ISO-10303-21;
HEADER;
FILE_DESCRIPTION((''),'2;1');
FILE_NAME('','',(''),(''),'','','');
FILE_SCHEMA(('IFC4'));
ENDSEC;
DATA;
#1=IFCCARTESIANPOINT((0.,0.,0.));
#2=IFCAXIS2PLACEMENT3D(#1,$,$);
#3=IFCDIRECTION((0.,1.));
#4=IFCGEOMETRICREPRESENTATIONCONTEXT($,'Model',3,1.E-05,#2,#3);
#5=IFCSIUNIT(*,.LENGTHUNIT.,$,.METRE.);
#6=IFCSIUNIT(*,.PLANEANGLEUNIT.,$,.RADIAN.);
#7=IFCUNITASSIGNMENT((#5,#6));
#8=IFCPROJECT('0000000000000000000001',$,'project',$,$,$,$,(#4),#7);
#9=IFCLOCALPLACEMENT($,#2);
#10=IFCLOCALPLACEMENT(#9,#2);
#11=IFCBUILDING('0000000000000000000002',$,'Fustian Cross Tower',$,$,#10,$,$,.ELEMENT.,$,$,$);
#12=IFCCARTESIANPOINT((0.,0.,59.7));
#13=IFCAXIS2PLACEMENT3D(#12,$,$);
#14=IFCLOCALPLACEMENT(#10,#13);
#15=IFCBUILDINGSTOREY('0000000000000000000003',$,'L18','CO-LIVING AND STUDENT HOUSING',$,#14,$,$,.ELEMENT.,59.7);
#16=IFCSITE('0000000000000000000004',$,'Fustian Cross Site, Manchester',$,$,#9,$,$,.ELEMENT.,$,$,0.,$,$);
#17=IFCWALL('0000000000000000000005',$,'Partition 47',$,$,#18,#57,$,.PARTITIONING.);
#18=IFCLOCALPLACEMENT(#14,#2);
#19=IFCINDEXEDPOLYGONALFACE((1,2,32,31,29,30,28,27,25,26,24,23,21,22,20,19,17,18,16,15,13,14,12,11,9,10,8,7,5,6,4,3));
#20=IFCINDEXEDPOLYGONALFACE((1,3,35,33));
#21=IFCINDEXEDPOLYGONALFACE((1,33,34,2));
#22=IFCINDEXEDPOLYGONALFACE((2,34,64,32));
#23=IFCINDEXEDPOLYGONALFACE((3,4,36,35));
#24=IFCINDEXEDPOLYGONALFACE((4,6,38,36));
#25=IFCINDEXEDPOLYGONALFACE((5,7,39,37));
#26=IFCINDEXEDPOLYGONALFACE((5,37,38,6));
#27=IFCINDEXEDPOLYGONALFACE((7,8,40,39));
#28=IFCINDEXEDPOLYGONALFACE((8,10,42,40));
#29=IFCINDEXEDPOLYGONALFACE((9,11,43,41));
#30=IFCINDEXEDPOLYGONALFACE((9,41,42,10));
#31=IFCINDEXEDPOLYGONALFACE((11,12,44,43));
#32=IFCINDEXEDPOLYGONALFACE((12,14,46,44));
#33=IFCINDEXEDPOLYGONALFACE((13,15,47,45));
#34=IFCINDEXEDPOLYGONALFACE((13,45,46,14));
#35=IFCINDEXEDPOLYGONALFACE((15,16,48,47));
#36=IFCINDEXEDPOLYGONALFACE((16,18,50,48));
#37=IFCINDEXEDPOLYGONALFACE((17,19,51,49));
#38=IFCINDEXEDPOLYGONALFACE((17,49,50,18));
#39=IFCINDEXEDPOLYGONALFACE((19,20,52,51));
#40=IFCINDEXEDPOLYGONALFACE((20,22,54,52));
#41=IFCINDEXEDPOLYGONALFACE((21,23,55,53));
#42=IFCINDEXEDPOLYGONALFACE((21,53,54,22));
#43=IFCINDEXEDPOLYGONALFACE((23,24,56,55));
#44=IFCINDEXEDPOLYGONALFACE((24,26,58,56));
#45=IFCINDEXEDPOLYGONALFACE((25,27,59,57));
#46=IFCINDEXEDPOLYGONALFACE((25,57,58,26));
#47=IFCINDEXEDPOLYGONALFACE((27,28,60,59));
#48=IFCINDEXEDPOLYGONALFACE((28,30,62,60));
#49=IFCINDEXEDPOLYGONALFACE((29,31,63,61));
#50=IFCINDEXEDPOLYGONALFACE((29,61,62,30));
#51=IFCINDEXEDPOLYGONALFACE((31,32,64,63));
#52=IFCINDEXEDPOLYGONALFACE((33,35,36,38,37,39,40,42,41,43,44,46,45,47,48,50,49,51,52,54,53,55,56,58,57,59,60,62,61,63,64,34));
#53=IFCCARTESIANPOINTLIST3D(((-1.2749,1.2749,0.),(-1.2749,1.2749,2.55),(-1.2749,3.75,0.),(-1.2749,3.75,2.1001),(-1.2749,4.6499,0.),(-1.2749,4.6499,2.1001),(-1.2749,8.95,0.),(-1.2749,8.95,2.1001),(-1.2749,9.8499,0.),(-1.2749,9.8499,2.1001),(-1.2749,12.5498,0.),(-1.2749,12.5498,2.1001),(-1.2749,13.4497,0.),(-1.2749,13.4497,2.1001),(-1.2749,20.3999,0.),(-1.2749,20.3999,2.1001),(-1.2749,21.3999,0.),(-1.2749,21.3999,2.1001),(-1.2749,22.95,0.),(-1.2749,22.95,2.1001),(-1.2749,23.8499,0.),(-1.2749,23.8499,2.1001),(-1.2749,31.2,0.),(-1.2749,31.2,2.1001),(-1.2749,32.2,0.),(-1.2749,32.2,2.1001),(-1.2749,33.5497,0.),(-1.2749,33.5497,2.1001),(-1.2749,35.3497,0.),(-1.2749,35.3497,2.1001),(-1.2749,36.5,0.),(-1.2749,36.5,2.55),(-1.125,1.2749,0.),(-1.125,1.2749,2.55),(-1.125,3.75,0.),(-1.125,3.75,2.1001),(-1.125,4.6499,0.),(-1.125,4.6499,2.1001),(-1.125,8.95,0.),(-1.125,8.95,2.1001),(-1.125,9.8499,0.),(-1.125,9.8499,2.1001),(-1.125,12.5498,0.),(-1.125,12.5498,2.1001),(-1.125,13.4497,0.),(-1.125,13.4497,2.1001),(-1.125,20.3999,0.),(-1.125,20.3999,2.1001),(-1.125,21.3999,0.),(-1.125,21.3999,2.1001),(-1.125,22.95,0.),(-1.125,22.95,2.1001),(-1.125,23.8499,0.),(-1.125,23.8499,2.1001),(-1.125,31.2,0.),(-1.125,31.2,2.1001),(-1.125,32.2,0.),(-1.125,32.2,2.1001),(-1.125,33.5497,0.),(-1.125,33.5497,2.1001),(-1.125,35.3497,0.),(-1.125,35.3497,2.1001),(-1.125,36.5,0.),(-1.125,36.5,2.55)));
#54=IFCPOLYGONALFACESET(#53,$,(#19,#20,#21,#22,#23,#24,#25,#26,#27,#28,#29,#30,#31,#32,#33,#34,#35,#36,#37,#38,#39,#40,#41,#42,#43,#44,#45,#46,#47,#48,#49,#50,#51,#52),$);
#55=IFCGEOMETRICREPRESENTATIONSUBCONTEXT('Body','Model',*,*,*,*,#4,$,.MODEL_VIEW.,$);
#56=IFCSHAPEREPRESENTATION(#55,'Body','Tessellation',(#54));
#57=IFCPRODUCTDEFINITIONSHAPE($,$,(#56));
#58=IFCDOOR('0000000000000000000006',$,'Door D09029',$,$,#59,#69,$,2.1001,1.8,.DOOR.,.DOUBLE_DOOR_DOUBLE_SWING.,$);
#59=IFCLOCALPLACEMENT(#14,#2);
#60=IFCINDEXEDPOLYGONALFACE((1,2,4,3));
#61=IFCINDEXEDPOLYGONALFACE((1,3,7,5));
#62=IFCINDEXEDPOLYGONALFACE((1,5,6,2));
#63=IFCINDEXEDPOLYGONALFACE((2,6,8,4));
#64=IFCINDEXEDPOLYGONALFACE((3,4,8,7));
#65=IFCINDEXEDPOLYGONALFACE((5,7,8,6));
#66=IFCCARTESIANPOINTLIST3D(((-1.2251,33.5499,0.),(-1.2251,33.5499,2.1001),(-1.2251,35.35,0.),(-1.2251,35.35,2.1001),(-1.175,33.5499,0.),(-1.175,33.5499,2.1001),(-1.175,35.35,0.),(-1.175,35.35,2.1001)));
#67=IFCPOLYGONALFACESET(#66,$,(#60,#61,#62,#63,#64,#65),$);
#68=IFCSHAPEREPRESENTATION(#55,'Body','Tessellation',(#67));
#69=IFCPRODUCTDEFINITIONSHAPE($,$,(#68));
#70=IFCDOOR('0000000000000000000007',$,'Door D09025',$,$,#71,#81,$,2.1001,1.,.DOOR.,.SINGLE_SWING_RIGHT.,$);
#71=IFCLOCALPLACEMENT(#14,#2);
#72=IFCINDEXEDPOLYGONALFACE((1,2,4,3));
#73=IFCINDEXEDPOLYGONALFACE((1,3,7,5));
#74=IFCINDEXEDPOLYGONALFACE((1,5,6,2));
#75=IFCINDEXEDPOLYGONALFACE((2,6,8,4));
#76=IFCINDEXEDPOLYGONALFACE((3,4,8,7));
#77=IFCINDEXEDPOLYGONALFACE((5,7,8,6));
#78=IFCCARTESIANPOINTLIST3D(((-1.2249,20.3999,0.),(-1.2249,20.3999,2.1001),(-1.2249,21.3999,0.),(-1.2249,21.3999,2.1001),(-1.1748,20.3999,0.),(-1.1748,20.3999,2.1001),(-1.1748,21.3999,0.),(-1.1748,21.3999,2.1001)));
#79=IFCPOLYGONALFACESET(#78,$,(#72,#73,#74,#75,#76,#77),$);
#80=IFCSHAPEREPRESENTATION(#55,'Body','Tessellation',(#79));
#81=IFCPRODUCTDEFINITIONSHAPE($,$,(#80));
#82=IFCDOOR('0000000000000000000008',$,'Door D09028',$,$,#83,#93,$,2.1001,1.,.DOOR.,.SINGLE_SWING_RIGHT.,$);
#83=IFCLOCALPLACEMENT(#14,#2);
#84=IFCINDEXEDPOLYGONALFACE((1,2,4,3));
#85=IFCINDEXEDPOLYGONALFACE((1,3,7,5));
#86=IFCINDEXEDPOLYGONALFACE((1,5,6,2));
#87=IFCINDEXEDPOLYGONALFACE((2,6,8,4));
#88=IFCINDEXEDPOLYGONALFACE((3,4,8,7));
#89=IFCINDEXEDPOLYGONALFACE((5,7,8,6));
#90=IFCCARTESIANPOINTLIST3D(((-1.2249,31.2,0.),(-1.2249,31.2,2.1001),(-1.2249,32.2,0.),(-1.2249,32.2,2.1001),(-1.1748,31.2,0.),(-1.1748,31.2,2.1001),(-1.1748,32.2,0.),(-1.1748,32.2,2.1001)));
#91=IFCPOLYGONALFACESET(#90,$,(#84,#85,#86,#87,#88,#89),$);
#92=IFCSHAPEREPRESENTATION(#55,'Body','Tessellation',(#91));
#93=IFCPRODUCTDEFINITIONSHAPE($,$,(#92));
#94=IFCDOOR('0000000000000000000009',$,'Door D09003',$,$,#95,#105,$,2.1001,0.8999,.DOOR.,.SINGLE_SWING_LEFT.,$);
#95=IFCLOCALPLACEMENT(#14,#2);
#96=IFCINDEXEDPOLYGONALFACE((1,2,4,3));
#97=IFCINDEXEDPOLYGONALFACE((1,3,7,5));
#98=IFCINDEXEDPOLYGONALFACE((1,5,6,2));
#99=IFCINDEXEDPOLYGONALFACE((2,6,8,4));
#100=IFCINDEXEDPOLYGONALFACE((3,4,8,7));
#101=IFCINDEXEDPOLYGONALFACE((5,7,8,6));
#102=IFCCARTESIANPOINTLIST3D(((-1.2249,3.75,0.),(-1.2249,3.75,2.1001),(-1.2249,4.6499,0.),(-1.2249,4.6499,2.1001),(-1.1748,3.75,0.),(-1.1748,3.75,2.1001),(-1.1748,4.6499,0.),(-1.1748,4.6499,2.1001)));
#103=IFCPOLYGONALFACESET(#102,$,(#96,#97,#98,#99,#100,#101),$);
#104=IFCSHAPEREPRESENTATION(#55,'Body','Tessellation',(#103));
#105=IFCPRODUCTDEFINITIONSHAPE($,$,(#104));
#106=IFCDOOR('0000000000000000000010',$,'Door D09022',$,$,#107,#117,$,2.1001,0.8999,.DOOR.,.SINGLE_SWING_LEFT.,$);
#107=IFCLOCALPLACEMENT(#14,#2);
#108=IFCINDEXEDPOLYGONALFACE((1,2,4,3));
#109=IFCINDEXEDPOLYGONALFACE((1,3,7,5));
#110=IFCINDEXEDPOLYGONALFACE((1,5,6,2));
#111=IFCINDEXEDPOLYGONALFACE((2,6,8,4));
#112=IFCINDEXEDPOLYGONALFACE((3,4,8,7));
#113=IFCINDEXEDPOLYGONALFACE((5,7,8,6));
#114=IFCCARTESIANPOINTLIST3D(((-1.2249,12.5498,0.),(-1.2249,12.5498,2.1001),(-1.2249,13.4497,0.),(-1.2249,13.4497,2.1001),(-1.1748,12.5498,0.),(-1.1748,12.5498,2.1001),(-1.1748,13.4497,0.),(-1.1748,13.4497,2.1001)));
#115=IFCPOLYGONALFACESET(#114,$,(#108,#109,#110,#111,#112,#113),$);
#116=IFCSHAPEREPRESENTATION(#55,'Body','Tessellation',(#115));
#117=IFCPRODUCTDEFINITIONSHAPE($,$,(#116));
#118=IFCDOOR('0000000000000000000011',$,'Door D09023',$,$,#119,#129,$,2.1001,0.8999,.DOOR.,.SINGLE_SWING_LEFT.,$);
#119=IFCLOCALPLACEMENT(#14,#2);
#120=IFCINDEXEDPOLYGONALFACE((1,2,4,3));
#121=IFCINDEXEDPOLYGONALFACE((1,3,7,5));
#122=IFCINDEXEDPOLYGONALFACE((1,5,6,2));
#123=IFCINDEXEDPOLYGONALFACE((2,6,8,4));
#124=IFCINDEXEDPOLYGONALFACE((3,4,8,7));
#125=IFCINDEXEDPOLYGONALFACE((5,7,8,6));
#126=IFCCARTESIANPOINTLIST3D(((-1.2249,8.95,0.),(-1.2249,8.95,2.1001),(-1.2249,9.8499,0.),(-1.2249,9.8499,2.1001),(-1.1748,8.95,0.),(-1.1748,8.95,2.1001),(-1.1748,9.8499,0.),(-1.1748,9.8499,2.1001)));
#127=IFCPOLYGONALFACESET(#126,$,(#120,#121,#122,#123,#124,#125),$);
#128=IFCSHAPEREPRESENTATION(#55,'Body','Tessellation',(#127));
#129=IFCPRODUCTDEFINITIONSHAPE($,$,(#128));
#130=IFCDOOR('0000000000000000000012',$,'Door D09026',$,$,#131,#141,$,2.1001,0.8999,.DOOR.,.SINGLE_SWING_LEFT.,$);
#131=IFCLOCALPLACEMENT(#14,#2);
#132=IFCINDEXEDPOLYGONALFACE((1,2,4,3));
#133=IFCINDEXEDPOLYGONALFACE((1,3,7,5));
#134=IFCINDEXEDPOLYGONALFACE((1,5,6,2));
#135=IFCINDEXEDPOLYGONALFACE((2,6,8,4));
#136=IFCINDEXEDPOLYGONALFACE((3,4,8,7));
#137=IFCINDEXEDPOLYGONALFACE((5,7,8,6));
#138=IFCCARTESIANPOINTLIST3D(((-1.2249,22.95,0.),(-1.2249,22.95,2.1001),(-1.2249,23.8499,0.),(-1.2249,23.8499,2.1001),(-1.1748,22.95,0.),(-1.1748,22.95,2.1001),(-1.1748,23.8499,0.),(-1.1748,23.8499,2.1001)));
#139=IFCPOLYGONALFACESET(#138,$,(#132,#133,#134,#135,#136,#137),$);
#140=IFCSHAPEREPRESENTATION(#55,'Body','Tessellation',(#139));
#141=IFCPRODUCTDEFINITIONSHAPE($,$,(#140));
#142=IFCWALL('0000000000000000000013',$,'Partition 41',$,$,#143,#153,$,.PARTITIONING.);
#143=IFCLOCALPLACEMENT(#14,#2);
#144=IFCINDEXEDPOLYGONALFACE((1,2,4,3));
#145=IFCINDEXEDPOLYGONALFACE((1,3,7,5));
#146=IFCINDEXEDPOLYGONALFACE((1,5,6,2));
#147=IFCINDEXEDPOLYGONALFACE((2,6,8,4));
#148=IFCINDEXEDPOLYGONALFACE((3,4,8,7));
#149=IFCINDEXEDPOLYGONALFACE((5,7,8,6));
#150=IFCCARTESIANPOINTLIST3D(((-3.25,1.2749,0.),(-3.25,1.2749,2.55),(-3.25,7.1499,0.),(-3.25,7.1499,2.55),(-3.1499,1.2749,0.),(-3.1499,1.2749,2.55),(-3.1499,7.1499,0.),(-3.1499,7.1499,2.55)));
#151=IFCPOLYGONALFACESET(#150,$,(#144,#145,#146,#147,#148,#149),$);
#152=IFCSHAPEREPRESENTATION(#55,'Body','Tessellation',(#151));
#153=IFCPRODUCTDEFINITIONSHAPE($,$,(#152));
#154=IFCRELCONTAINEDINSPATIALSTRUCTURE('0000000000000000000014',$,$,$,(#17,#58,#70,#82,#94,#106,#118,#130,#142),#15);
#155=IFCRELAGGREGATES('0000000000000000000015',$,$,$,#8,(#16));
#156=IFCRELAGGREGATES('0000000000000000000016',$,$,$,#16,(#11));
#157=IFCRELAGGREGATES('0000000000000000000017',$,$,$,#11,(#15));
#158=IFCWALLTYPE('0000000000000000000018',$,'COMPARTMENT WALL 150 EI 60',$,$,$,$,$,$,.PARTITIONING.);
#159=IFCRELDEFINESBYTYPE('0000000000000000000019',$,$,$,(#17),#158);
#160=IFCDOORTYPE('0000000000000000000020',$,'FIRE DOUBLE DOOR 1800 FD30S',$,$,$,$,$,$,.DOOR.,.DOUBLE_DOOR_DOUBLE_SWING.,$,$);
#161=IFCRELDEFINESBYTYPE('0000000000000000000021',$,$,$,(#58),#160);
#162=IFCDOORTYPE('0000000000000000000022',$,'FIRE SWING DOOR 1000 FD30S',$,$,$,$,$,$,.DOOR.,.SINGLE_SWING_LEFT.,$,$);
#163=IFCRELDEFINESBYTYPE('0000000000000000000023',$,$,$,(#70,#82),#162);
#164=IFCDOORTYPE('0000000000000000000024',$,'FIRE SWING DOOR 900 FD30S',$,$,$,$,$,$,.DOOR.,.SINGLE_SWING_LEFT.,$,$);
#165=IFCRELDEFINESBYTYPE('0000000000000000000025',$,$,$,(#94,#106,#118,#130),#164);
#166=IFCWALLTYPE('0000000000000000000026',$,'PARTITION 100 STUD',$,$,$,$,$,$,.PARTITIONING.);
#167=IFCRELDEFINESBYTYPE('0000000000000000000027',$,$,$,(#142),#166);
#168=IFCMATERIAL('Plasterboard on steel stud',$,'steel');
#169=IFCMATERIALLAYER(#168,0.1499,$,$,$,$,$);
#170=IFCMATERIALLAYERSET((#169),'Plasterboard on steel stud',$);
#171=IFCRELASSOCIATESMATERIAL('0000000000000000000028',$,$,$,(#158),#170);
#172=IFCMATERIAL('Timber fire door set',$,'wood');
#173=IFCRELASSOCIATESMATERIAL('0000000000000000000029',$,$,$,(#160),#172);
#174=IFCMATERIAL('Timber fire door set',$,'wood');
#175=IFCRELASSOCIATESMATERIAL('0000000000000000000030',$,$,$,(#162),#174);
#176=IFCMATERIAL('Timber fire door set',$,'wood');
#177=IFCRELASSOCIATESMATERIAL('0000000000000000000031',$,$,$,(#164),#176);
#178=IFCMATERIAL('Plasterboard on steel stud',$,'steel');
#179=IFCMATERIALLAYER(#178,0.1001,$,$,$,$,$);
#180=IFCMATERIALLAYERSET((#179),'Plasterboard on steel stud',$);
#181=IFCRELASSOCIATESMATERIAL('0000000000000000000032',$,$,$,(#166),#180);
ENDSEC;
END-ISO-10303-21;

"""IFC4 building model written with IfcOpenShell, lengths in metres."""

from ifc_helpers import new_model, si_unit, direction, frame, frame_2d, origin, place, context, subcontext, project, spatial, rectangle, extrude, material, layer, layer_set, type_object, element, fill, save


model = new_model("IFC4")

# Units and contexts
model_context = context("Model", 3, precision=1e-05, world=origin(), true_north=direction((0.0, 1.0)))
body_context = subcontext(model_context, "Body", "Model", "MODEL_VIEW")
ifc_project = project(units=[si_unit("LENGTHUNIT", "METRE"), si_unit("PLANEANGLEUNIT", "RADIAN")], contexts=[model_context])

# Site, building, storey
site_placement = place(None, origin())
site = spatial("IfcSite", under=ifc_project, at=site_placement, Name="Fustian Cross Site, Manchester", CompositionType="ELEMENT", RefElevation=0.0)
building_placement = place(site_placement, origin())
building = spatial("IfcBuilding", under=site, at=building_placement, Name="Fustian Cross Tower", CompositionType="ELEMENT")
storey_placement = place(building_placement, frame((0.0, 0.0, 59.7)))
storey = spatial("IfcBuildingStorey", under=building, at=storey_placement, Name="L18", Description="CO-LIVING AND STUDENT HOUSING", CompositionType="ELEMENT", Elevation=59.7)

# Wall, openings, doors
ifc_material_1 = material(Name="Plasterboard on steel stud", Category="steel")
ifc_layer_1 = layer(ifc_material_1, 0.1499)
ifc_layer_set_1 = layer_set([ifc_layer_1], Name="Plasterboard on steel stud")
wall_type_1 = type_object("IfcWallType", Name="COMPARTMENT WALL 150 EI 60", PredefinedType="PARTITIONING", material=ifc_layer_set_1)
wall_1_placement = place(storey_placement, frame((-1.2, 1.2749, 0.0), z_axis=(0.0, 0.0, 1.0), x_axis=(0.0, 1.0, 0.0)))
wall_1 = element("IfcWall", 1, at=wall_1_placement, inside=storey, type_object=wall_type_1, Name="Partition 47", PredefinedType="PARTITIONING", context=body_context, shape_type="SweptSolid", body=[
    extrude(rectangle(XDim=35.2251, YDim=0.1499, at=frame_2d((17.6125, 0.0))), origin(), (0.0, 0.0, 1.0), 2.55),
])
opening_1_placement = place(wall_1_placement, frame((2.4751, 0.0, 0.0)))
opening_1 = element("IfcOpeningElement", 2, at=opening_1_placement, cuts=wall_1, PredefinedType="OPENING", context=body_context, shape_type="SweptSolid", body=[
    extrude(rectangle(XDim=0.8999, YDim=2.1001, at=frame_2d((0.45, 1.05))), frame((0.0, 0.085, 0.0), z_axis=(0.0, -1.0, 0.0), x_axis=(1.0, 0.0, 0.0)), (0.0, 0.0, 1.0), 0.1699),
])
opening_2_placement = place(wall_1_placement, frame((11.2749, 0.0, 0.0)))
opening_2 = element("IfcOpeningElement", 3, at=opening_2_placement, cuts=wall_1, PredefinedType="OPENING", context=body_context, shape_type="SweptSolid", body=[
    extrude(rectangle(XDim=0.8999, YDim=2.1001, at=frame_2d((0.45, 1.05))), frame((0.0, 0.085, 0.0), z_axis=(0.0, -1.0, 0.0), x_axis=(1.0, 0.0, 0.0)), (0.0, 0.0, 1.0), 0.1699),
])
opening_3_placement = place(wall_1_placement, frame((7.675, 0.0, 0.0)))
opening_3 = element("IfcOpeningElement", 4, at=opening_3_placement, cuts=wall_1, PredefinedType="OPENING", context=body_context, shape_type="SweptSolid", body=[
    extrude(rectangle(XDim=0.8999, YDim=2.1001, at=frame_2d((0.45, 1.05))), frame((0.0, 0.085, 0.0), z_axis=(0.0, -1.0, 0.0), x_axis=(1.0, 0.0, 0.0)), (0.0, 0.0, 1.0), 0.1699),
])
opening_4_placement = place(wall_1_placement, frame((19.125, 0.0, 0.0)))
opening_4 = element("IfcOpeningElement", 5, at=opening_4_placement, cuts=wall_1, PredefinedType="OPENING", context=body_context, shape_type="SweptSolid", body=[
    extrude(rectangle(XDim=1.0, YDim=2.1001, at=frame_2d((0.5, 1.05))), frame((0.0, 0.085, 0.0), z_axis=(0.0, -1.0, 0.0), x_axis=(1.0, 0.0, 0.0)), (0.0, 0.0, 1.0), 0.1699),
])
opening_5_placement = place(wall_1_placement, frame((21.675, 0.0, 0.0)))
opening_5 = element("IfcOpeningElement", 6, at=opening_5_placement, cuts=wall_1, PredefinedType="OPENING", context=body_context, shape_type="SweptSolid", body=[
    extrude(rectangle(XDim=0.8999, YDim=2.1001, at=frame_2d((0.45, 1.05))), frame((0.0, 0.085, 0.0), z_axis=(0.0, -1.0, 0.0), x_axis=(1.0, 0.0, 0.0)), (0.0, 0.0, 1.0), 0.1699),
])
opening_6_placement = place(wall_1_placement, frame((29.925, 0.0, 0.0)))
opening_6 = element("IfcOpeningElement", 7, at=opening_6_placement, cuts=wall_1, PredefinedType="OPENING", context=body_context, shape_type="SweptSolid", body=[
    extrude(rectangle(XDim=1.0, YDim=2.1001, at=frame_2d((0.5, 1.05))), frame((0.0, 0.085, 0.0), z_axis=(0.0, -1.0, 0.0), x_axis=(1.0, 0.0, 0.0)), (0.0, 0.0, 1.0), 0.1699),
])
opening_7_placement = place(wall_1_placement, frame((32.2749, 0.0, 0.0)))
opening_7 = element("IfcOpeningElement", 8, at=opening_7_placement, cuts=wall_1, PredefinedType="OPENING", context=body_context, shape_type="SweptSolid", body=[
    extrude(rectangle(XDim=1.8, YDim=2.1001, at=frame_2d((0.8999, 1.05))), frame((0.0, 0.085, 0.0), z_axis=(0.0, -1.0, 0.0), x_axis=(1.0, 0.0, 0.0)), (0.0, 0.0, 1.0), 0.1699),
])
ifc_material_2 = material(Name="Timber fire door set", Category="wood")
door_type_1 = type_object("IfcDoorType", Name="FIRE DOUBLE DOOR 1800 FD30S", OperationType="DOUBLE_DOOR_DOUBLE_SWING", PredefinedType="DOOR", material=ifc_material_2)
door_1_placement = place(opening_7_placement, frame((1.8, 0.0, 0.0), z_axis=(0.0, 0.0, 1.0), x_axis=(-1.0, 0.0, 0.0)))
door_1 = element("IfcDoor", 9, at=door_1_placement, inside=storey, type_object=door_type_1, Name="Door D09029", OperationType="DOUBLE_DOOR_DOUBLE_SWING", OverallHeight=2.1001, OverallWidth=1.8, PredefinedType="DOOR", context=body_context, shape_type="SweptSolid", body=[
    extrude(rectangle(XDim=1.8, YDim=2.1001, at=frame_2d((0.8999, 1.05))), frame((0.0, 0.0249, 0.0), z_axis=(0.0, -1.0, 0.0), x_axis=(1.0, 0.0, 0.0)), (0.0, 0.0, 1.0), 0.05),
])
fill(opening_7, door_1)
ifc_material_3 = material(Name="Timber fire door set", Category="wood")
door_type_2 = type_object("IfcDoorType", Name="FIRE SWING DOOR 1000 FD30S", OperationType="SINGLE_SWING_LEFT", PredefinedType="DOOR", material=ifc_material_3)
door_2_placement = place(opening_4_placement, origin())
door_2 = element("IfcDoor", 10, at=door_2_placement, inside=storey, type_object=door_type_2, Name="Door D09025", OperationType="SINGLE_SWING_RIGHT", OverallHeight=2.1001, OverallWidth=1.0, PredefinedType="DOOR", context=body_context, shape_type="SweptSolid", body=[
    extrude(rectangle(XDim=1.0, YDim=2.1001, at=frame_2d((0.5, 1.05))), frame((0.0, 0.0249, 0.0), z_axis=(0.0, -1.0, 0.0), x_axis=(1.0, 0.0, 0.0)), (0.0, 0.0, 1.0), 0.05),
])
fill(opening_4, door_2)
door_3_placement = place(opening_6_placement, origin())
door_3 = element("IfcDoor", 11, at=door_3_placement, inside=storey, type_object=door_type_2, Name="Door D09028", OperationType="SINGLE_SWING_RIGHT", OverallHeight=2.1001, OverallWidth=1.0, PredefinedType="DOOR", context=body_context, shape_type="SweptSolid", body=[
    extrude(rectangle(XDim=1.0, YDim=2.1001, at=frame_2d((0.5, 1.05))), frame((0.0, 0.0249, 0.0), z_axis=(0.0, -1.0, 0.0), x_axis=(1.0, 0.0, 0.0)), (0.0, 0.0, 1.0), 0.05),
])
fill(opening_6, door_3)
ifc_material_4 = material(Name="Timber fire door set", Category="wood")
door_type_3 = type_object("IfcDoorType", Name="FIRE SWING DOOR 900 FD30S", OperationType="SINGLE_SWING_LEFT", PredefinedType="DOOR", material=ifc_material_4)
door_4_placement = place(opening_1_placement, origin())
door_4 = element("IfcDoor", 12, at=door_4_placement, inside=storey, type_object=door_type_3, Name="Door D09003", OperationType="SINGLE_SWING_LEFT", OverallHeight=2.1001, OverallWidth=0.8999, PredefinedType="DOOR", context=body_context, shape_type="SweptSolid", body=[
    extrude(rectangle(XDim=0.8999, YDim=2.1001, at=frame_2d((0.45, 1.05))), frame((0.0, 0.0249, 0.0), z_axis=(0.0, -1.0, 0.0), x_axis=(1.0, 0.0, 0.0)), (0.0, 0.0, 1.0), 0.05),
])
fill(opening_1, door_4)
door_5_placement = place(opening_2_placement, origin())
door_5 = element("IfcDoor", 13, at=door_5_placement, inside=storey, type_object=door_type_3, Name="Door D09022", OperationType="SINGLE_SWING_LEFT", OverallHeight=2.1001, OverallWidth=0.8999, PredefinedType="DOOR", context=body_context, shape_type="SweptSolid", body=[
    extrude(rectangle(XDim=0.8999, YDim=2.1001, at=frame_2d((0.45, 1.05))), frame((0.0, 0.0249, 0.0), z_axis=(0.0, -1.0, 0.0), x_axis=(1.0, 0.0, 0.0)), (0.0, 0.0, 1.0), 0.05),
])
fill(opening_2, door_5)
door_6_placement = place(opening_3_placement, origin())
door_6 = element("IfcDoor", 14, at=door_6_placement, inside=storey, type_object=door_type_3, Name="Door D09023", OperationType="SINGLE_SWING_LEFT", OverallHeight=2.1001, OverallWidth=0.8999, PredefinedType="DOOR", context=body_context, shape_type="SweptSolid", body=[
    extrude(rectangle(XDim=0.8999, YDim=2.1001, at=frame_2d((0.45, 1.05))), frame((0.0, 0.0249, 0.0), z_axis=(0.0, -1.0, 0.0), x_axis=(1.0, 0.0, 0.0)), (0.0, 0.0, 1.0), 0.05),
])
fill(opening_3, door_6)
door_7_placement = place(opening_5_placement, origin())
door_7 = element("IfcDoor", 15, at=door_7_placement, inside=storey, type_object=door_type_3, Name="Door D09026", OperationType="SINGLE_SWING_LEFT", OverallHeight=2.1001, OverallWidth=0.8999, PredefinedType="DOOR", context=body_context, shape_type="SweptSolid", body=[
    extrude(rectangle(XDim=0.8999, YDim=2.1001, at=frame_2d((0.45, 1.05))), frame((0.0, 0.0249, 0.0), z_axis=(0.0, -1.0, 0.0), x_axis=(1.0, 0.0, 0.0)), (0.0, 0.0, 1.0), 0.05),
])
fill(opening_5, door_7)

# Wall
ifc_material_5 = material(Name="Plasterboard on steel stud", Category="steel")
ifc_layer_2 = layer(ifc_material_5, 0.1001)
ifc_layer_set_2 = layer_set([ifc_layer_2], Name="Plasterboard on steel stud")
wall_type_2 = type_object("IfcWallType", Name="PARTITION 100 STUD", PredefinedType="PARTITIONING", material=ifc_layer_set_2)
wall_2_placement = place(storey_placement, frame((-3.2, 1.2749, 0.0), z_axis=(0.0, 0.0, 1.0), x_axis=(0.0, 1.0, 0.0)))
element("IfcWall", 16, at=wall_2_placement, inside=storey, type_object=wall_type_2, Name="Partition 41", PredefinedType="PARTITIONING", context=body_context, shape_type="SweptSolid", body=[
    extrude(rectangle(XDim=5.875, YDim=0.1001, at=frame_2d((2.9375, 0.0))), origin(), (0.0, 0.0, 1.0), 2.55),
])

save(model, "model.ifc")
